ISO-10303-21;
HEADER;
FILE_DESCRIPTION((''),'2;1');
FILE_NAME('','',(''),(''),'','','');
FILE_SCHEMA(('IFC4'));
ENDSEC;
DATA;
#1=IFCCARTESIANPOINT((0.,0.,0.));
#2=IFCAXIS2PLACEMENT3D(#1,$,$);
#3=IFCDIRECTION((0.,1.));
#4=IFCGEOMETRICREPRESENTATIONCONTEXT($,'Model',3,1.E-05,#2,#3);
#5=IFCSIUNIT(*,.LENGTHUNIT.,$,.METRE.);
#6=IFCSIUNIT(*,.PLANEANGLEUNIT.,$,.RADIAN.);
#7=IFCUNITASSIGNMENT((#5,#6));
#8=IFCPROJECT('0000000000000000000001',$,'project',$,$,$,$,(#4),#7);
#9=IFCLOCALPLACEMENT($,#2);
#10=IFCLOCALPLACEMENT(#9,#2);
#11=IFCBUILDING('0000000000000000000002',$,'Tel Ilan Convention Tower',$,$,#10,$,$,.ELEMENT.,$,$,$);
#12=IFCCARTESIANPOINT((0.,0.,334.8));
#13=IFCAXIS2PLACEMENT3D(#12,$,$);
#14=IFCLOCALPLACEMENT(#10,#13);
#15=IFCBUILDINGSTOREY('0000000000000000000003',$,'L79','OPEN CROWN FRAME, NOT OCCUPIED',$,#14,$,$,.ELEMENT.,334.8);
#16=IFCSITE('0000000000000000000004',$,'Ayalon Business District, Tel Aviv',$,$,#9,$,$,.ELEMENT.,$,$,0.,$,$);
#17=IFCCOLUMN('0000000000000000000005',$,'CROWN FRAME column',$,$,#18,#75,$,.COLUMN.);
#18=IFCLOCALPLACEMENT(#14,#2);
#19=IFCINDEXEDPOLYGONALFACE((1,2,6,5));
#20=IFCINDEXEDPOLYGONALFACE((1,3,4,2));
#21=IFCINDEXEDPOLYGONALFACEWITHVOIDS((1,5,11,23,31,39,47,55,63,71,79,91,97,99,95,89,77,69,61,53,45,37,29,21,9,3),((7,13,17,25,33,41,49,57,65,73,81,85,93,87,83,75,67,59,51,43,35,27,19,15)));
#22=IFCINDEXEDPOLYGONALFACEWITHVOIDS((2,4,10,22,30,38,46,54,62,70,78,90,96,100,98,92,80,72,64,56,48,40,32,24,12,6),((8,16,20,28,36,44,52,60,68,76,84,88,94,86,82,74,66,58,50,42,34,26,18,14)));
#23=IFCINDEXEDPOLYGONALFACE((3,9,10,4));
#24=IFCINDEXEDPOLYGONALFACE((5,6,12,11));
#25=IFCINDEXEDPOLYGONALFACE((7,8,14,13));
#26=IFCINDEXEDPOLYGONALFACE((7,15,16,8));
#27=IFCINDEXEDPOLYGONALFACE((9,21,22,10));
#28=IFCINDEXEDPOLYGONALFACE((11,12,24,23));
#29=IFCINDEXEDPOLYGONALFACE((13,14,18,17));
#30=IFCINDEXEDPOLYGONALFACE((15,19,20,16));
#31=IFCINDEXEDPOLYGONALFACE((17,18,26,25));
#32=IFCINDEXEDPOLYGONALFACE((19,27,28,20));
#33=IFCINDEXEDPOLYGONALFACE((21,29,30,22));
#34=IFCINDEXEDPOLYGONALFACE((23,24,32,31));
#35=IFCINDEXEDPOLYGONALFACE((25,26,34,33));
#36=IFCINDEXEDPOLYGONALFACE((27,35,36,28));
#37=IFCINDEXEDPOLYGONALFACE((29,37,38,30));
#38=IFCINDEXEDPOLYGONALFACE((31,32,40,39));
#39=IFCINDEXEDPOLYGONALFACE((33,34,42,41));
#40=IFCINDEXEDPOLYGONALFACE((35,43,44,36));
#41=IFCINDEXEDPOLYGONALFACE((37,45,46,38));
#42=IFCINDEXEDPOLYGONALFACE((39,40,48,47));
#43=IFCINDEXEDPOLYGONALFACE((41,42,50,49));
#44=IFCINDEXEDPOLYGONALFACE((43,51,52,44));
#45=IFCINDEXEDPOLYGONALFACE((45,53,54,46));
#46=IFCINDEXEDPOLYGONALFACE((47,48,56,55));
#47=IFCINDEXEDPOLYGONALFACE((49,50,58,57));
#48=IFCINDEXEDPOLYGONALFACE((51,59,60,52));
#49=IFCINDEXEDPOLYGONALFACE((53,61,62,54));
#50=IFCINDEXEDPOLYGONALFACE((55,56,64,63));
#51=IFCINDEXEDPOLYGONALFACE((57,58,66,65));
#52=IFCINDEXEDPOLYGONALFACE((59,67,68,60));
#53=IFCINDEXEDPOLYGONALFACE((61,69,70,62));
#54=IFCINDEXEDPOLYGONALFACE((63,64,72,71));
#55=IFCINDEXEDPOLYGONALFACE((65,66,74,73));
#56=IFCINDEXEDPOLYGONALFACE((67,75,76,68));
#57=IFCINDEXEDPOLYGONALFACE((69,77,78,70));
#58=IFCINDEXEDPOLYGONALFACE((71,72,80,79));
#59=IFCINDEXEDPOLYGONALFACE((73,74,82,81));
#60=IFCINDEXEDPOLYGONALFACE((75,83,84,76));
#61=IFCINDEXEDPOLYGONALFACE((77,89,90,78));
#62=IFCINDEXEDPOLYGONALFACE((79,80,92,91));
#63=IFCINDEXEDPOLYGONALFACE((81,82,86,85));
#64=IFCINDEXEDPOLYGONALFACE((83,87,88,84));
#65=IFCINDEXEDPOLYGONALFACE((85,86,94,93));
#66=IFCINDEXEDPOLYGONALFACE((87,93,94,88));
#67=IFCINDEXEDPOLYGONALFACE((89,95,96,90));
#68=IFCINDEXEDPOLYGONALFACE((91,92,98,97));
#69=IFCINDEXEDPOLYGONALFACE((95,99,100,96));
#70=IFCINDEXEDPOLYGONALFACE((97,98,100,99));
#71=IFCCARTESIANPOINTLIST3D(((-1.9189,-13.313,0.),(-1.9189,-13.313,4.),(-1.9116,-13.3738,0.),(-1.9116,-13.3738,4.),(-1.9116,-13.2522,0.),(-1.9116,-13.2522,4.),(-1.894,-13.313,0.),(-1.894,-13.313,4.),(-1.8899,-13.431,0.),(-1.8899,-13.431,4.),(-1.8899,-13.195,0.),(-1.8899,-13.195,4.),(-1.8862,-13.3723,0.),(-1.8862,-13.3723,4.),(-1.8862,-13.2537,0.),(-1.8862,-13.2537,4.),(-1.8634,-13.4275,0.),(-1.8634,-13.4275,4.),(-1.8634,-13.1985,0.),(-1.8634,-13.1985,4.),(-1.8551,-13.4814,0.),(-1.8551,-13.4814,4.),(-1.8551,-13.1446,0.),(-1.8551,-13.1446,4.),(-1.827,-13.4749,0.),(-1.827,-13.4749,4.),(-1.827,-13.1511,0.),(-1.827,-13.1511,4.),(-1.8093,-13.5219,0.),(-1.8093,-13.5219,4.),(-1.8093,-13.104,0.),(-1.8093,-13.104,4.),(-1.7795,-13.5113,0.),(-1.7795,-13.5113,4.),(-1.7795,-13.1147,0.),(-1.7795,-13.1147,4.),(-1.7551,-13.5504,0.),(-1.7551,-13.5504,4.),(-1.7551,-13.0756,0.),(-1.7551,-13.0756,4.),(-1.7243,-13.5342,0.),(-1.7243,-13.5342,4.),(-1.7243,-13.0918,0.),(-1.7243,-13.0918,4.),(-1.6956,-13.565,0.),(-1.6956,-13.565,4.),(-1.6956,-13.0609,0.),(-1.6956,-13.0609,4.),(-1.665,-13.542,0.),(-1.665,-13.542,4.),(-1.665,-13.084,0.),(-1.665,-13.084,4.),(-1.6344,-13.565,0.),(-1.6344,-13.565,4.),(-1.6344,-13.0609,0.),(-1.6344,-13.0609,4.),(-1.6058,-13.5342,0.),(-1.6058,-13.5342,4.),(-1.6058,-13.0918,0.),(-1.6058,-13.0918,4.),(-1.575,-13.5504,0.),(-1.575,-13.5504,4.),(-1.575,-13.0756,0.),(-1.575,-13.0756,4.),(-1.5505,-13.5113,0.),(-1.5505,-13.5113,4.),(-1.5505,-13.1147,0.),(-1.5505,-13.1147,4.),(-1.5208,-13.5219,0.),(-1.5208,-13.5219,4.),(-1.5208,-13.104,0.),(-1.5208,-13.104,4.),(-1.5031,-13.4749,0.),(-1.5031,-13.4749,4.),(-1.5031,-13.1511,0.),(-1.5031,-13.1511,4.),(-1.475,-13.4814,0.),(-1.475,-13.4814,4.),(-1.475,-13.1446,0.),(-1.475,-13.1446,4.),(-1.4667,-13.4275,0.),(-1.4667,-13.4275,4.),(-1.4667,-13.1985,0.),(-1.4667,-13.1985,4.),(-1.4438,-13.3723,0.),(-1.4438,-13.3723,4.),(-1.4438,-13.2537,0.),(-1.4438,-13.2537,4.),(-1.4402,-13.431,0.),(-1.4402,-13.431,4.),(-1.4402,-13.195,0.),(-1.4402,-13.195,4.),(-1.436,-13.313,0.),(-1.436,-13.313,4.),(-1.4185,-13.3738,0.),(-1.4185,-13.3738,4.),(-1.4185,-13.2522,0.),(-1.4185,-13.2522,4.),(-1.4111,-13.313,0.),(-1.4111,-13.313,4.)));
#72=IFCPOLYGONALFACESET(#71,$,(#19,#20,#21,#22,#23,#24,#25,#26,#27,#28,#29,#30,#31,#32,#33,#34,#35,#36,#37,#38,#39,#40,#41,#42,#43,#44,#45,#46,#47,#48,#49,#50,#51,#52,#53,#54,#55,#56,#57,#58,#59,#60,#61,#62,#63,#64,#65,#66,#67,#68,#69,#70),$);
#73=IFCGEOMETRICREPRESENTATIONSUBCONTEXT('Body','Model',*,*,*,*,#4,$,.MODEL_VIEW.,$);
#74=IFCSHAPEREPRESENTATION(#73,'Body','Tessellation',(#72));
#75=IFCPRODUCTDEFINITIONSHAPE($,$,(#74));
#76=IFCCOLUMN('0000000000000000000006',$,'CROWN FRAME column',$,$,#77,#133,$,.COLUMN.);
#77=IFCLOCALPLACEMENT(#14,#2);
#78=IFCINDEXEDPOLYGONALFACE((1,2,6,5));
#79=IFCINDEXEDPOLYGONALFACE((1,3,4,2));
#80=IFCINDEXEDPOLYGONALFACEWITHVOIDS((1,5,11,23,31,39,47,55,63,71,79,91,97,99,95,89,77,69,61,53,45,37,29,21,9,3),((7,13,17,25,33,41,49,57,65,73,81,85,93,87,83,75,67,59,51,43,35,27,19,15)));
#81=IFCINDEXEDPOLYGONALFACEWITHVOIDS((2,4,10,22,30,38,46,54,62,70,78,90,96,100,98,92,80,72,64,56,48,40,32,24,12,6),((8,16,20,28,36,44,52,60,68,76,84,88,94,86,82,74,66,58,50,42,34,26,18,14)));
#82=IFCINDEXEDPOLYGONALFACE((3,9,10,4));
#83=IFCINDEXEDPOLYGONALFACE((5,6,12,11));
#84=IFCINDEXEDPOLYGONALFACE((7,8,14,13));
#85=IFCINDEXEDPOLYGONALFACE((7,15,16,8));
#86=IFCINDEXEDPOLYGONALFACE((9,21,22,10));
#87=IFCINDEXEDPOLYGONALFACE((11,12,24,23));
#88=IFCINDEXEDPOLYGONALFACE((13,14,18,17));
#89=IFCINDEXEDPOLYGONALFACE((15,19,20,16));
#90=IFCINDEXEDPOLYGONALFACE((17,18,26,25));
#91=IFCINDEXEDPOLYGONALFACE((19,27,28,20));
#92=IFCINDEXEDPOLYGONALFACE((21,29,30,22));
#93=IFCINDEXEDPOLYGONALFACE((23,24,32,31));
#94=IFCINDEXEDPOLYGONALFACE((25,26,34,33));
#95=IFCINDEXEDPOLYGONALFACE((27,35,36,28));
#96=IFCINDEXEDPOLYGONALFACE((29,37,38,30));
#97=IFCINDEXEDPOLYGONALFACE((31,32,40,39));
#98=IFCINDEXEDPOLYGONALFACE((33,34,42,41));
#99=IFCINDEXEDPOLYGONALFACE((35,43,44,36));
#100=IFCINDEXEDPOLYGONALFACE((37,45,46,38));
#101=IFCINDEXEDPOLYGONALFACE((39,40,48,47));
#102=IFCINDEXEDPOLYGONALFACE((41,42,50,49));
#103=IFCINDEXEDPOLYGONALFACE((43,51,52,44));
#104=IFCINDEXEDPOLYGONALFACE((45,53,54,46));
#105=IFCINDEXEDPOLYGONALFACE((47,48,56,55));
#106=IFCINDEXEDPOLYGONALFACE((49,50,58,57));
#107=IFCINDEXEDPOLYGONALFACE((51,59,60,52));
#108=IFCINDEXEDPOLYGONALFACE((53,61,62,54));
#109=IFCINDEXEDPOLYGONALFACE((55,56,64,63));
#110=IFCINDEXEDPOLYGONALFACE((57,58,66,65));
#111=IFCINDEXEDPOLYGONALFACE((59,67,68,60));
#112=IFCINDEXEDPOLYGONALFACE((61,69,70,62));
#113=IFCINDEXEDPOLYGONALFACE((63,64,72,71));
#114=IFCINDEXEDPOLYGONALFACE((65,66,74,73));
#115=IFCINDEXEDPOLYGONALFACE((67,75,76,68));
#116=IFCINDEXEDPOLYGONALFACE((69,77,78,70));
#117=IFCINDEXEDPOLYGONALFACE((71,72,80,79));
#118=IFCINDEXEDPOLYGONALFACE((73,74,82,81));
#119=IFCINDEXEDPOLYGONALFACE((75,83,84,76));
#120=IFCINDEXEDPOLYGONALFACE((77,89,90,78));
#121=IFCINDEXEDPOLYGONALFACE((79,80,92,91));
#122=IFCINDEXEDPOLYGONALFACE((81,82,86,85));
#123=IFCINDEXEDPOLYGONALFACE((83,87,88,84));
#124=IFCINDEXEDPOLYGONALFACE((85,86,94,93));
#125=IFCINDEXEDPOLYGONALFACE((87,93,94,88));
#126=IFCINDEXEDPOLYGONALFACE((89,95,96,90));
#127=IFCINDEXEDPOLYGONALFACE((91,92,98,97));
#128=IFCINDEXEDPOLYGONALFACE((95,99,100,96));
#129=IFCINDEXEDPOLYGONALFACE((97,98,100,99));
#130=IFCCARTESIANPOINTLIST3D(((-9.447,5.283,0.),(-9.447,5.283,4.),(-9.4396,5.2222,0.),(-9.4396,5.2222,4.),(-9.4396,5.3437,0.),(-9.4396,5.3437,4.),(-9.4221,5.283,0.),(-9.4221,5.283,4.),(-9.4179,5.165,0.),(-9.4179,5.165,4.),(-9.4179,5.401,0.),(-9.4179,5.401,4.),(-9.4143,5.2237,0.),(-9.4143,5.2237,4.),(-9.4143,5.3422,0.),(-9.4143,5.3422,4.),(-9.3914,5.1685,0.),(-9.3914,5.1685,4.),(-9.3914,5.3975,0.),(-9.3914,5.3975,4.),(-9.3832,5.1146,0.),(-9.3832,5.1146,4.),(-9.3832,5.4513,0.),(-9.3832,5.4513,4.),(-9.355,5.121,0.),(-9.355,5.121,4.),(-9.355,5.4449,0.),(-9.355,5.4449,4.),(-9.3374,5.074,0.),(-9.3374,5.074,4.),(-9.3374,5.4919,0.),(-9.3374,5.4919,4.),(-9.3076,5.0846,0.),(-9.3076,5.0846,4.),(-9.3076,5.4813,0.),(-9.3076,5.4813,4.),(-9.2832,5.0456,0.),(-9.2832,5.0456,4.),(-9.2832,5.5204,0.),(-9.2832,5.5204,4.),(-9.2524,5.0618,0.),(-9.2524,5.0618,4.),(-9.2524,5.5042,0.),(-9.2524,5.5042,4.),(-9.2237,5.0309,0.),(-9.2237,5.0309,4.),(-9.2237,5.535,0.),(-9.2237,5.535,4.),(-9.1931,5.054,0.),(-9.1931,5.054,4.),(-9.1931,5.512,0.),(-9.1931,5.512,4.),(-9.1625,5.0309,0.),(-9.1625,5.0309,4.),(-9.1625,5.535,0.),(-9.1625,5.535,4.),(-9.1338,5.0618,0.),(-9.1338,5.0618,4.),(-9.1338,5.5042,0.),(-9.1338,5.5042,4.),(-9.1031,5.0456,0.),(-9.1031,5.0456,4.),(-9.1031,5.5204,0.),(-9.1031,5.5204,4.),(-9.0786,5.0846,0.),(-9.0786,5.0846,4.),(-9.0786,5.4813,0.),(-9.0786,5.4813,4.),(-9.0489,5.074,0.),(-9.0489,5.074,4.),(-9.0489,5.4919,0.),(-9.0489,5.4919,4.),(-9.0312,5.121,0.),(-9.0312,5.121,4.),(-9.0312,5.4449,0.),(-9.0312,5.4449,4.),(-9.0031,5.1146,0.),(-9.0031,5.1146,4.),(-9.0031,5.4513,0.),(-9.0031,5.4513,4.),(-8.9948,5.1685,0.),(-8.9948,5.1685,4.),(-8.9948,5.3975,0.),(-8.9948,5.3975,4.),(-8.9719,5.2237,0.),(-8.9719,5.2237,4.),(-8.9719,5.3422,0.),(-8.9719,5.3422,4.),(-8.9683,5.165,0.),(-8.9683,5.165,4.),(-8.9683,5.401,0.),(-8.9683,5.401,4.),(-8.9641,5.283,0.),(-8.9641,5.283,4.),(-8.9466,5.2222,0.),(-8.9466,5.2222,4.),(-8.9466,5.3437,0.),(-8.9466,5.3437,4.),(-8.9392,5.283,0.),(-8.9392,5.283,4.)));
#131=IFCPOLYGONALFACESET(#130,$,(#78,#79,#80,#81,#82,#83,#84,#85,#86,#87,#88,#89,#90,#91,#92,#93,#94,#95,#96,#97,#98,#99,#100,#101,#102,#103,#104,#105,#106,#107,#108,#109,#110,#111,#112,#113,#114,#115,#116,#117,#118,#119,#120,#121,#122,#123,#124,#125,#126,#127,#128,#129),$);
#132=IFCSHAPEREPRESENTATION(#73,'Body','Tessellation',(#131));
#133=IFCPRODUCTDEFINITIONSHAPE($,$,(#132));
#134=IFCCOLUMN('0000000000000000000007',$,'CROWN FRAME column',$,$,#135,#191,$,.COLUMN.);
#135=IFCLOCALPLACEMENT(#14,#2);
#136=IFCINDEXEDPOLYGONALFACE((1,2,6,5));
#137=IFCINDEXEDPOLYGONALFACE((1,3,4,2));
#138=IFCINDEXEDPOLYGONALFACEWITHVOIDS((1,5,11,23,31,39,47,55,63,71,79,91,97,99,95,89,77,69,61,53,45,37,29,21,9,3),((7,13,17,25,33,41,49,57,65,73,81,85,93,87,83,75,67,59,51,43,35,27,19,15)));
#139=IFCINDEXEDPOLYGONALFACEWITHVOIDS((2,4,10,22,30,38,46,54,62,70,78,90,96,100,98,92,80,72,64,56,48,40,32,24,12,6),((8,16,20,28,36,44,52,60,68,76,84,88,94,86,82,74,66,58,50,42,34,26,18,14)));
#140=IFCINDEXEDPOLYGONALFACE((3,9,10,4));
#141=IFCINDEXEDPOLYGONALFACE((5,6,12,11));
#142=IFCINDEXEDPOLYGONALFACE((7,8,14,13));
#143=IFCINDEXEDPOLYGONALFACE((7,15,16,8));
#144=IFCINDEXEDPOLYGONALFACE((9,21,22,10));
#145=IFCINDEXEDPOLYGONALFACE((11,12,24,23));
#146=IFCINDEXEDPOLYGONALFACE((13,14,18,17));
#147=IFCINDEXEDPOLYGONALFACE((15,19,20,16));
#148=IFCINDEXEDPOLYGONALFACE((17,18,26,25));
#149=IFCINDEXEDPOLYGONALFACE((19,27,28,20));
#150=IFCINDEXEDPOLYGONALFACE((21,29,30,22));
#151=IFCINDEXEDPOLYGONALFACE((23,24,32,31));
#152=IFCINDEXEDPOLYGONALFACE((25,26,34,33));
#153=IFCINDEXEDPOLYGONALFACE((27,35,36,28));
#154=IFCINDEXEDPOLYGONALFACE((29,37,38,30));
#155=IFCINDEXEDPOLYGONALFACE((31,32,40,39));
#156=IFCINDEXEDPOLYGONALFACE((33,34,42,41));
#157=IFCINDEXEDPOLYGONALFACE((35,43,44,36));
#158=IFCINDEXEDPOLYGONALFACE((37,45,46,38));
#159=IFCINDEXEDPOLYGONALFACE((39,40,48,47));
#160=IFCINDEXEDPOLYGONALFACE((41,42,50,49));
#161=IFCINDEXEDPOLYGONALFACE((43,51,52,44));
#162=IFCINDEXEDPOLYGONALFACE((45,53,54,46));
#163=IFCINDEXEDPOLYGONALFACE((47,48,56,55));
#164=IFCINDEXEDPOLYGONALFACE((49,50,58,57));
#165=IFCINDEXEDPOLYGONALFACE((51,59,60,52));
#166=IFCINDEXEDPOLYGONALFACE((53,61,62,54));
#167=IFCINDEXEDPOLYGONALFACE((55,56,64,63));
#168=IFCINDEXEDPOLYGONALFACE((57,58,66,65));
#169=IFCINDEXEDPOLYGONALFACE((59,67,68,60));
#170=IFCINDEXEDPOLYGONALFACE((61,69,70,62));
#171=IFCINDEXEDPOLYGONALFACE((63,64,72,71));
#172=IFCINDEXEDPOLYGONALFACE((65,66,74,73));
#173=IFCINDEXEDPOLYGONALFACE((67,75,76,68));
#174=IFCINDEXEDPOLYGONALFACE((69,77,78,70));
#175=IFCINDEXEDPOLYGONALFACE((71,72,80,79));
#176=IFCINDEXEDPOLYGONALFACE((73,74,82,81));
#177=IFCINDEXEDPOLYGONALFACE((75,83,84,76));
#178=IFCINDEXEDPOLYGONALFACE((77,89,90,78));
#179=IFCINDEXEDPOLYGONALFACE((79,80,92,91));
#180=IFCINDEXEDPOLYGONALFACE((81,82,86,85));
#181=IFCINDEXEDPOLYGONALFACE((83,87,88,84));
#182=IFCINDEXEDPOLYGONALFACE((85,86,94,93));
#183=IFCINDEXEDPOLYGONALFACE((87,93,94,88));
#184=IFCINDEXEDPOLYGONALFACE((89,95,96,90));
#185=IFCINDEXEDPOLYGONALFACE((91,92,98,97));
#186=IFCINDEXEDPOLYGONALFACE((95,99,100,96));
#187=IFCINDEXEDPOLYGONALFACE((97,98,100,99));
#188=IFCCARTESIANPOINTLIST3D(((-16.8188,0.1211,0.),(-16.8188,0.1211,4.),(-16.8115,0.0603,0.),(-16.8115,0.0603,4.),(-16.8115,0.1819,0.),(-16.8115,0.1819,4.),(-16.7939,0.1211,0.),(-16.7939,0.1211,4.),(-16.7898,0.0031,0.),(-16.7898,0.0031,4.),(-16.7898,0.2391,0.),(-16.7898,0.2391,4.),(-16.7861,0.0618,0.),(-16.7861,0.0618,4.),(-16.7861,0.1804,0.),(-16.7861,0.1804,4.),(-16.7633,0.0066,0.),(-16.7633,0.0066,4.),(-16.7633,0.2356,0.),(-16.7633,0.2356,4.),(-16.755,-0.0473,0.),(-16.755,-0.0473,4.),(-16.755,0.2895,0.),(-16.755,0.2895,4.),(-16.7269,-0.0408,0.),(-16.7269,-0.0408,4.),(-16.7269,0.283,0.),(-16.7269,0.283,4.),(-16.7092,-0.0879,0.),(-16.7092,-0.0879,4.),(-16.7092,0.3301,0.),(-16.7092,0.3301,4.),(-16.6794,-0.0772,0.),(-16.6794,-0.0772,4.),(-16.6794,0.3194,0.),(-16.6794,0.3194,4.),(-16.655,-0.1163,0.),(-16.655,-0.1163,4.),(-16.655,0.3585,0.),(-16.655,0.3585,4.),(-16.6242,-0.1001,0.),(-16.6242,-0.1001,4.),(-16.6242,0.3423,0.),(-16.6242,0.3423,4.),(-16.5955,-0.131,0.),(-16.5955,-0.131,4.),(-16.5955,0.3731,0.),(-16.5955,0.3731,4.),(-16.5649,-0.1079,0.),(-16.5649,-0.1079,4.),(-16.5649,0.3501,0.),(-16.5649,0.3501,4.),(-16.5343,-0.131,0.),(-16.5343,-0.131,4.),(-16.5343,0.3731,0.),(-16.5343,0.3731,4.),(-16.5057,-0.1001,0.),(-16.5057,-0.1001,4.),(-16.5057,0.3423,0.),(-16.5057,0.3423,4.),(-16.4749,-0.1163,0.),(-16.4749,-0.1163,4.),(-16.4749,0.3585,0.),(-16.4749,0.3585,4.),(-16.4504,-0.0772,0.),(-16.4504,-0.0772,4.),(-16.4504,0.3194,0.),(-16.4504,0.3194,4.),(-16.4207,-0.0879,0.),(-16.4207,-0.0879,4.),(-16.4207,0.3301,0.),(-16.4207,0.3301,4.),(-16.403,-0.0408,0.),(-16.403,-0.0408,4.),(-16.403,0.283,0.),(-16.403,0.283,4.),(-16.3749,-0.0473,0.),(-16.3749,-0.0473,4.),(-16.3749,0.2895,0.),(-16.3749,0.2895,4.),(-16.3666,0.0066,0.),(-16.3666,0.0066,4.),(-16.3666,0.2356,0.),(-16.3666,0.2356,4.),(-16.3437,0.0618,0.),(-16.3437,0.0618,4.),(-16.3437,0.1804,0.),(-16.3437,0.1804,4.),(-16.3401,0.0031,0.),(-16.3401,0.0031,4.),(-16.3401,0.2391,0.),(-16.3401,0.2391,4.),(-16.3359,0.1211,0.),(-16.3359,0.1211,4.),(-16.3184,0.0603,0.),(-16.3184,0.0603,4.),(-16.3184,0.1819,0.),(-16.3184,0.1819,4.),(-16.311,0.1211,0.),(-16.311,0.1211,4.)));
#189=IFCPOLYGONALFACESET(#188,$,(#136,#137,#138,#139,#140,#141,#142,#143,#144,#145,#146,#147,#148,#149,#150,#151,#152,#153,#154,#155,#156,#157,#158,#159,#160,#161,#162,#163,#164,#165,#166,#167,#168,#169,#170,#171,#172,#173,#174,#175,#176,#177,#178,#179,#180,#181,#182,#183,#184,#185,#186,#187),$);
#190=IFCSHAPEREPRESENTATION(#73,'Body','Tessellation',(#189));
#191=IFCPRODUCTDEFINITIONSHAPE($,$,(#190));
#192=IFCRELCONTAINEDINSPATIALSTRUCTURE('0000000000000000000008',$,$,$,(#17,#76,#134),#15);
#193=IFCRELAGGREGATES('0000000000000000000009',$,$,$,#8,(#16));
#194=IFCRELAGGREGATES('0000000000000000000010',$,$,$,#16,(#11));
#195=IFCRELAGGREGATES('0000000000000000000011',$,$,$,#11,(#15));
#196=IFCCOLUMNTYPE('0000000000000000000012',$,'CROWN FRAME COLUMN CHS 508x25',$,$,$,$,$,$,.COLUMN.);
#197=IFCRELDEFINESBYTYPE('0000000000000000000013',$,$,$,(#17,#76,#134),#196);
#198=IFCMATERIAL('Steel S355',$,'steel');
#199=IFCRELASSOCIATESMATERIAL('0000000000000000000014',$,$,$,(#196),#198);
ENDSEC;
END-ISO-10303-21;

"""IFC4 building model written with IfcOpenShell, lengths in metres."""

from ifc_helpers import new_model, si_unit, direction, frame, origin, origin_2d, place, context, subcontext, project, spatial, hollow_circle, extrude, material, material_profile, profile_set, type_object, element, save


model = new_model("IFC4")

# Units and contexts
model_context = context("Model", 3, precision=1e-05, world=origin(), true_north=direction((0.0, 1.0)))
body_context = subcontext(model_context, "Body", "Model", "MODEL_VIEW")
ifc_project = project(units=[si_unit("LENGTHUNIT", "METRE"), si_unit("PLANEANGLEUNIT", "RADIAN")], contexts=[model_context])

# Site, building, storey
site_placement = place(None, origin())
site = spatial("IfcSite", under=ifc_project, at=site_placement, Name="Ayalon Business District, Tel Aviv", CompositionType="ELEMENT", RefElevation=0.0)
building_placement = place(site_placement, origin())
building = spatial("IfcBuilding", under=site, at=building_placement, Name="Tel Ilan Convention Tower", CompositionType="ELEMENT")
storey_placement = place(building_placement, frame((0.0, 0.0, 334.8)))
storey = spatial("IfcBuildingStorey", under=building, at=storey_placement, Name="L79", Description="OPEN CROWN FRAME, NOT OCCUPIED", CompositionType="ELEMENT", Elevation=334.8)

# Columns
ifc_material_1 = material(Name="Steel S355", Category="steel")
ifc_material_profile_1 = material_profile(ifc_material_1, hollow_circle(Radius=0.2539, WallThickness=0.0249, at=origin_2d()), Name="CHS 508x25")
ifc_profile_set_1 = profile_set([ifc_material_profile_1], Name="Steel S355")
column_type = type_object("IfcColumnType", Name="CROWN FRAME COLUMN CHS 508x25", PredefinedType="COLUMN", material=ifc_profile_set_1)
for number, where, z_axis, x_axis, name in (
    (1, (-1.665, -13.313, 0.0), (0.0, 0.0, 1.0), (1.0, 0.0, 0.0), "CROWN FRAME column"),
    (2, (-9.1931, 5.283, 0.0), (0.0, 0.0, 1.0), (1.0, 0.0, 0.0), "CROWN FRAME column"),
    (3, (-16.5649, 0.1211, 0.0), (0.0, 0.0, 1.0), (1.0, 0.0, 0.0), "CROWN FRAME column"),
):
    element("IfcColumn", number, at=place(storey_placement, frame(where, z_axis=z_axis, x_axis=x_axis)), inside=storey, type_object=column_type, Name=name, PredefinedType="COLUMN", context=body_context, shape_type="SweptSolid", body=[
        extrude(hollow_circle(Radius=0.2539, WallThickness=0.0249, at=origin_2d()), origin(), (0.0, 0.0, 1.0), 4.0),
    ])

save(model, "model.ifc")
